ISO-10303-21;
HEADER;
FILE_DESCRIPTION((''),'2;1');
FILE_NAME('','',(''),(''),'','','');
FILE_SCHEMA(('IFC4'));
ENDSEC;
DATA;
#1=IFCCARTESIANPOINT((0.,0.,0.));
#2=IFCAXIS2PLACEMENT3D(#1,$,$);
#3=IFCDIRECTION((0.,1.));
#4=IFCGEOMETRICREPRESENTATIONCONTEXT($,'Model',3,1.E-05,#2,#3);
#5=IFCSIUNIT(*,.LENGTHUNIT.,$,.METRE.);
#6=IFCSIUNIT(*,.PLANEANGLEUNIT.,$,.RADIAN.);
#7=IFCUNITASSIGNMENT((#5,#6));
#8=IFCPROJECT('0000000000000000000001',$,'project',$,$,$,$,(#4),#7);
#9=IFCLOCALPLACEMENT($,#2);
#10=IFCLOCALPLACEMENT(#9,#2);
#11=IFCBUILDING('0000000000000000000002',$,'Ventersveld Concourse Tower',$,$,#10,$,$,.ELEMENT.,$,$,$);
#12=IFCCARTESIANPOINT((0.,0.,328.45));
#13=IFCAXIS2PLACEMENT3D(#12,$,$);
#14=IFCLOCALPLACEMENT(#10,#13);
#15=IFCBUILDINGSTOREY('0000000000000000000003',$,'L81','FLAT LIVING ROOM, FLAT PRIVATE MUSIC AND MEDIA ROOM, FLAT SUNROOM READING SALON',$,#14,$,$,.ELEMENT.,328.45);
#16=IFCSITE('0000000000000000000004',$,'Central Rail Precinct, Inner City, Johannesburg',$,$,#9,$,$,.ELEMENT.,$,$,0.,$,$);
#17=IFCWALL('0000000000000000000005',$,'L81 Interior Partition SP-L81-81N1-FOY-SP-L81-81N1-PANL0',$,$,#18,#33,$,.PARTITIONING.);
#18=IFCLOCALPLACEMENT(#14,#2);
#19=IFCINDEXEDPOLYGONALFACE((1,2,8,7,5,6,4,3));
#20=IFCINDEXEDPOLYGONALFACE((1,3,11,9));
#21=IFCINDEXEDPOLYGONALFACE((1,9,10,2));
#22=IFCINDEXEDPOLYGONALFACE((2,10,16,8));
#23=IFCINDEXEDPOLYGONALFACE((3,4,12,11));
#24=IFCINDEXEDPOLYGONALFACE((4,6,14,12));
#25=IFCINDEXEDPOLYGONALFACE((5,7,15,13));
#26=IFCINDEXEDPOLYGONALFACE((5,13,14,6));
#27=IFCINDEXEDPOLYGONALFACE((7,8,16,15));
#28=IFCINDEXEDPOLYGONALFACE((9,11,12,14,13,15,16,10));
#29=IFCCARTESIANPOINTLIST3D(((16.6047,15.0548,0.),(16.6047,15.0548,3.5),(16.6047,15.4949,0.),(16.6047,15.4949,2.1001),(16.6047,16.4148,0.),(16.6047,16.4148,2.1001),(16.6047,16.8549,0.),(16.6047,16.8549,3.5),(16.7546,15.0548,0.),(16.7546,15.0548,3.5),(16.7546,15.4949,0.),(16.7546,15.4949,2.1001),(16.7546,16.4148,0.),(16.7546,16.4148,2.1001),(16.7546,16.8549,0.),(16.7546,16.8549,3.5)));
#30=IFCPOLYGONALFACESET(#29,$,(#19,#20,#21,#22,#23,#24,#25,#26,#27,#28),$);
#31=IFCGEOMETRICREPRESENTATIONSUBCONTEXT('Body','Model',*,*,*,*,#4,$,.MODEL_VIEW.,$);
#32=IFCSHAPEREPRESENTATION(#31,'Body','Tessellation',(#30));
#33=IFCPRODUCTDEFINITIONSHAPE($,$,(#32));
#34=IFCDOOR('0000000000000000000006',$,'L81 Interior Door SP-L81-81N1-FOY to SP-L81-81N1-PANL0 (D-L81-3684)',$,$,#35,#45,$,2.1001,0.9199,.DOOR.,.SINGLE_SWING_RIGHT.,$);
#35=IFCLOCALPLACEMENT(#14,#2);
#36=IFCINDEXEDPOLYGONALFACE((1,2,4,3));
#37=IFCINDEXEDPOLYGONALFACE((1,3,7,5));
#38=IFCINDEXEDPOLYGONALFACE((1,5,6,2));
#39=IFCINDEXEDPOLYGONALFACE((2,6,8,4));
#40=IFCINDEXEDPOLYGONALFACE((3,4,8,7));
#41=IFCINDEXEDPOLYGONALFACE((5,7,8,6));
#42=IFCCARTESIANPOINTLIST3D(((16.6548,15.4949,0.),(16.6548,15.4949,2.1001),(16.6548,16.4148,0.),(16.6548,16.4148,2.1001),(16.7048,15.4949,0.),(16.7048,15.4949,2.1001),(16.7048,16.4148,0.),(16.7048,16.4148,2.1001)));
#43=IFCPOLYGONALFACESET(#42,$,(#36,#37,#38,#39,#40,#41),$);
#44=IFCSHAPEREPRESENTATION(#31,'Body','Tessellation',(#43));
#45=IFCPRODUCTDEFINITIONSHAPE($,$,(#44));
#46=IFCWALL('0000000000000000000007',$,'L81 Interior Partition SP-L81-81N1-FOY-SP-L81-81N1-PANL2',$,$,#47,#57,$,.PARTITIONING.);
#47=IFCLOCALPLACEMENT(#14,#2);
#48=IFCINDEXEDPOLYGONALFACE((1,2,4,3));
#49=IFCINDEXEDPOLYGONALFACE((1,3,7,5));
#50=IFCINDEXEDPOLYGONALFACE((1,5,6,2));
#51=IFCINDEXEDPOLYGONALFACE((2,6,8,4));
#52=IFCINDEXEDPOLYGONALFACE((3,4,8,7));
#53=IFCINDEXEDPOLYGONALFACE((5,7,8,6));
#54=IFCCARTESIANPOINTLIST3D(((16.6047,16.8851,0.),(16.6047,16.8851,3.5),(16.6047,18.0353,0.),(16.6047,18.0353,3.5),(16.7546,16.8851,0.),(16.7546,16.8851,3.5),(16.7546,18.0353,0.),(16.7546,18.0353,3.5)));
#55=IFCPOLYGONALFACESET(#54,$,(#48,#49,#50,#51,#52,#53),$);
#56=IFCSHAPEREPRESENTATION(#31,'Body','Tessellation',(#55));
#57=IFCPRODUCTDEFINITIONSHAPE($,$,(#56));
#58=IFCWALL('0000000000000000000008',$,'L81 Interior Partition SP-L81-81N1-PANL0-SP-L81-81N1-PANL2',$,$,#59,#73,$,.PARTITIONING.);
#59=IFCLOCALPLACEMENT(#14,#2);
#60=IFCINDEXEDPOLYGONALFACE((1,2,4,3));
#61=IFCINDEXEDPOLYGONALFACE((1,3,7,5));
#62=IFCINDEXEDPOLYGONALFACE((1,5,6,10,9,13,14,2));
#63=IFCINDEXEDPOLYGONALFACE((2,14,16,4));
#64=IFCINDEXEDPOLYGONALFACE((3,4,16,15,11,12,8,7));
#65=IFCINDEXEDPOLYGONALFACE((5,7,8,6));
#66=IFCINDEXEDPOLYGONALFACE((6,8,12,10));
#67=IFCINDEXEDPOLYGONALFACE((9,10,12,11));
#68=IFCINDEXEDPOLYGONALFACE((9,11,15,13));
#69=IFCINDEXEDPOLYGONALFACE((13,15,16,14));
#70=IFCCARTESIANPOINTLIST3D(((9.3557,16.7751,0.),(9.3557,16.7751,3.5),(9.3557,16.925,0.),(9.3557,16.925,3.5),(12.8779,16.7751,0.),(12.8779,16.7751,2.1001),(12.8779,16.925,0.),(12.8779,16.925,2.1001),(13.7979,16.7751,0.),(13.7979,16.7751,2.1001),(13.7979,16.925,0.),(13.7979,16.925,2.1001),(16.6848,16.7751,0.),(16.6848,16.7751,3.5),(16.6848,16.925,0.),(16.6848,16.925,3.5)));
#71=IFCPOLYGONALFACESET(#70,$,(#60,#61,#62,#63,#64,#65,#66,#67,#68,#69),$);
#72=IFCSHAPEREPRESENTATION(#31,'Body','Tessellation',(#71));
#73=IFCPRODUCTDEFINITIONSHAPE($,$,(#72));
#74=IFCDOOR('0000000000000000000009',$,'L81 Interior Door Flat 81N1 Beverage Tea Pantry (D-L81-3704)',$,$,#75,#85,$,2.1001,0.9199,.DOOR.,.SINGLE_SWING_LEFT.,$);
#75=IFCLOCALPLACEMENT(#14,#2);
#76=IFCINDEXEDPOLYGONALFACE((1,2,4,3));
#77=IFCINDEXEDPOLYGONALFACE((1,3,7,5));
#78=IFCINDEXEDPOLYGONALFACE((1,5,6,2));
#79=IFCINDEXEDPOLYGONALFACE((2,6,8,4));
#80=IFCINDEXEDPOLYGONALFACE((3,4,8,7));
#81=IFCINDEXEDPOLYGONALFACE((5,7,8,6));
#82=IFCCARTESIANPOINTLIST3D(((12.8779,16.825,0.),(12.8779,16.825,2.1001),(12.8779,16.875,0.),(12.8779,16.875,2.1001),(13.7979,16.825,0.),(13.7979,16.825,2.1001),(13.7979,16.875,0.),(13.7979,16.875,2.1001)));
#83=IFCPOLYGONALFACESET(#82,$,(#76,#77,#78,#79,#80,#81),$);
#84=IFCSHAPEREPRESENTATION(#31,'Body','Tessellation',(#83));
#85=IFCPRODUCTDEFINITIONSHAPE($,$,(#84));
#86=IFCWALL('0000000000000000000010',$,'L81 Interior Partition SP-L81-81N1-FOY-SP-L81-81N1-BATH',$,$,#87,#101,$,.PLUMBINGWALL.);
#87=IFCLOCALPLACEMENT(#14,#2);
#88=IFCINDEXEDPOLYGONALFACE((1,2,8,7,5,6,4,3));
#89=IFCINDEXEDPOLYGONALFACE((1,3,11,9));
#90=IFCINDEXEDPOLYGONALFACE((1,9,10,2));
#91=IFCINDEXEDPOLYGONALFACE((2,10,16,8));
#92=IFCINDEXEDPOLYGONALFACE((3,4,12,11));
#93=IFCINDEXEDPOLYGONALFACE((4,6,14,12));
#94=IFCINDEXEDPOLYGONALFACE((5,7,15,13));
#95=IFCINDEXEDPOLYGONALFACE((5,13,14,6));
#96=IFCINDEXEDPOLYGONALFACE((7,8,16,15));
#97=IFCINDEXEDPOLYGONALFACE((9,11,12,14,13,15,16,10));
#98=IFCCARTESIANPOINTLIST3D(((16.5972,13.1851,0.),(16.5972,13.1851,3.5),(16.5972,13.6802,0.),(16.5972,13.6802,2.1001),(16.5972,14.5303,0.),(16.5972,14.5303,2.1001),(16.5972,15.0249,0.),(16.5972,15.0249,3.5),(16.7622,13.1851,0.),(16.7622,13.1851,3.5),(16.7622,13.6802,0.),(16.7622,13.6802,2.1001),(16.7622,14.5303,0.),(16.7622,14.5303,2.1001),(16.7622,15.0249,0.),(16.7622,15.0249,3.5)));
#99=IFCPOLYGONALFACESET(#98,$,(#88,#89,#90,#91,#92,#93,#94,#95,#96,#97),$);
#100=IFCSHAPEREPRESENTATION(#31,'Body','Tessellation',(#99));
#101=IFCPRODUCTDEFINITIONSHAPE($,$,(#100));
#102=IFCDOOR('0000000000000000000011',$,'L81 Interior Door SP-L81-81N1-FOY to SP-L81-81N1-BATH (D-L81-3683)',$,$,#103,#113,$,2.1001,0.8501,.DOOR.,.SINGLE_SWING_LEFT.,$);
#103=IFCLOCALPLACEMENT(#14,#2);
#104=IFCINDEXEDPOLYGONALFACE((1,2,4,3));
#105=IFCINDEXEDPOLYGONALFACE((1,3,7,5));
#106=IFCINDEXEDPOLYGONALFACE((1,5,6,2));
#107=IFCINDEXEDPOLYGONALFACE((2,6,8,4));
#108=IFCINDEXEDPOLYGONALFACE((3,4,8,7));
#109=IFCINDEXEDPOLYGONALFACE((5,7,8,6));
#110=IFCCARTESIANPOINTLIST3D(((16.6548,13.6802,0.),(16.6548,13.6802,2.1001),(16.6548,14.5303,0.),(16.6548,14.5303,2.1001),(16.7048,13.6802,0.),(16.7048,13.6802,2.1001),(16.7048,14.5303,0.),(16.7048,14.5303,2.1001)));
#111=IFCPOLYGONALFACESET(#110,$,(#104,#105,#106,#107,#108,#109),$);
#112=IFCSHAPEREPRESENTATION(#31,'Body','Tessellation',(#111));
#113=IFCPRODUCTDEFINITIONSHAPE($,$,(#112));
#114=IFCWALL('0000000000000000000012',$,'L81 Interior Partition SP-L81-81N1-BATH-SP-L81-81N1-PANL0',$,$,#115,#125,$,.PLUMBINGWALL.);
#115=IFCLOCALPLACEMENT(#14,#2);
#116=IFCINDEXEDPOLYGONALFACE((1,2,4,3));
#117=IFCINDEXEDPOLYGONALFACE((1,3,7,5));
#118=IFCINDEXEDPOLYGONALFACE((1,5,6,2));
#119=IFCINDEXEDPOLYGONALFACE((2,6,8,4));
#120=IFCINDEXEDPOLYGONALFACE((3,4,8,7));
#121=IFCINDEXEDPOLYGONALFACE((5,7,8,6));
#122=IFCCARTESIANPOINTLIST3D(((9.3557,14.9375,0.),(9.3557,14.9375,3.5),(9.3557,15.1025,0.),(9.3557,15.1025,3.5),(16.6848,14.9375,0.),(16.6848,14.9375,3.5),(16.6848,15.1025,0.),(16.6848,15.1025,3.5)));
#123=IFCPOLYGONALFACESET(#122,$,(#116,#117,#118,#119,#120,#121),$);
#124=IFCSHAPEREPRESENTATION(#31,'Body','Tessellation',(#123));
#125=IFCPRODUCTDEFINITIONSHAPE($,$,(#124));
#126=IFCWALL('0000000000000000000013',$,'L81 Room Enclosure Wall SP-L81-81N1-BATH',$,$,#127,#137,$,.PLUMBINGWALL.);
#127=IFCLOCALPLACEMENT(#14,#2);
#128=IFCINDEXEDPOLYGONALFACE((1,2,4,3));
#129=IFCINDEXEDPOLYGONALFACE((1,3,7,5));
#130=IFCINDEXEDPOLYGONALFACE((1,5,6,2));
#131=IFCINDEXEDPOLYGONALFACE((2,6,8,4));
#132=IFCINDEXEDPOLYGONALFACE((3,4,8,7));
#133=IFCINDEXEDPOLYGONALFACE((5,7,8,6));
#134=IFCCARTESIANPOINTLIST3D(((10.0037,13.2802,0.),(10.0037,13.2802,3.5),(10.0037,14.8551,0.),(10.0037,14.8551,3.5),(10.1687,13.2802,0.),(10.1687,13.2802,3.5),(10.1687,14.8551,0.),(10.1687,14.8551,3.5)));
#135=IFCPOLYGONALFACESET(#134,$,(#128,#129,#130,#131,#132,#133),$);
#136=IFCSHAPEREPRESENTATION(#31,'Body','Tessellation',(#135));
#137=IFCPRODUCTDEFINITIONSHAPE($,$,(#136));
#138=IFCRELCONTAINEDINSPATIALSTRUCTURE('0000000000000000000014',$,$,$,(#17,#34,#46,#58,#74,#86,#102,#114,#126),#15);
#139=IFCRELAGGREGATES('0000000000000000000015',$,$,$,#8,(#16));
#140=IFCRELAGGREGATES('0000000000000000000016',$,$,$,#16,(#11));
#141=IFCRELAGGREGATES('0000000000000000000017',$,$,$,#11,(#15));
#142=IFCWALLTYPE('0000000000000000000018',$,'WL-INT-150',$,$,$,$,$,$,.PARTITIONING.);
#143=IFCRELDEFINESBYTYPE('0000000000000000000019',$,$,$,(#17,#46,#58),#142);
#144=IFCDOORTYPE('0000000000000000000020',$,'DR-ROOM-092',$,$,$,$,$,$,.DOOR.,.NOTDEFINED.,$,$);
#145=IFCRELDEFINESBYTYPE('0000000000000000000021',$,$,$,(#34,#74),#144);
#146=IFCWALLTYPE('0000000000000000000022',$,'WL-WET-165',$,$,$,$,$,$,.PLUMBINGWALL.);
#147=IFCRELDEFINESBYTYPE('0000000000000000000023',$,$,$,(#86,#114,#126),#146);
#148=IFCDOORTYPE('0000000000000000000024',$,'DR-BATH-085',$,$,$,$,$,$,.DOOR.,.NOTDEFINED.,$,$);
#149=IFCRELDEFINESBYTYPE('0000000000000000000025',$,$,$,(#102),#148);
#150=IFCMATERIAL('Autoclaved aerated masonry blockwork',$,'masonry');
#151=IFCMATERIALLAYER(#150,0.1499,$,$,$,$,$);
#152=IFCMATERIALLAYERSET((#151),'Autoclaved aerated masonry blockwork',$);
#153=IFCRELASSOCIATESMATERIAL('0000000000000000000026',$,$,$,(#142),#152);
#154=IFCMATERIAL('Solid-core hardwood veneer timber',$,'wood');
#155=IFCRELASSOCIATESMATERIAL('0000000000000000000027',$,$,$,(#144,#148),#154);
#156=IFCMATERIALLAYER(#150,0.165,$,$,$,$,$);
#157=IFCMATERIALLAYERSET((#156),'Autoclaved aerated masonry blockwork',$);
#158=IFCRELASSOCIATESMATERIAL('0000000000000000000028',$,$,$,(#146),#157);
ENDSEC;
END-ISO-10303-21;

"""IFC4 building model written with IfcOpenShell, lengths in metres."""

from ifc_helpers import new_model, si_unit, direction, frame, frame_2d, origin, place, context, subcontext, project, spatial, rectangle, extrude, material, layer, layer_set, type_object, element, fill, save


model = new_model("IFC4")

# Units and contexts
model_context = context("Model", 3, precision=1e-05, world=origin(), true_north=direction((0.0, 1.0)))
body_context = subcontext(model_context, "Body", "Model", "MODEL_VIEW")
ifc_project = project(units=[si_unit("LENGTHUNIT", "METRE"), si_unit("PLANEANGLEUNIT", "RADIAN")], contexts=[model_context])

# Site, building, storey
site_placement = place(None, origin())
site = spatial("IfcSite", under=ifc_project, at=site_placement, Name="Central Rail Precinct, Inner City, Johannesburg", CompositionType="ELEMENT", RefElevation=0.0)
building_placement = place(site_placement, origin())
building = spatial("IfcBuilding", under=site, at=building_placement, Name="Ventersveld Concourse Tower", CompositionType="ELEMENT")
storey_placement = place(building_placement, frame((0.0, 0.0, 328.45)))
storey = spatial("IfcBuildingStorey", under=building, at=storey_placement, Name="L81", Description="FLAT LIVING ROOM, FLAT PRIVATE MUSIC AND MEDIA ROOM, FLAT SUNROOM READING SALON", CompositionType="ELEMENT", Elevation=328.45)

# Shared definitions
ifc_material_1 = material(Name="Solid-core hardwood veneer timber", Category="wood")

# Wall, opening, door
ifc_material_2 = material(Name="Autoclaved aerated masonry blockwork", Category="masonry")
ifc_layer_1 = layer(ifc_material_2, 0.1499)
ifc_layer_set_1 = layer_set([ifc_layer_1], Name="Autoclaved aerated masonry blockwork")
wall_type_1 = type_object("IfcWallType", Name="WL-INT-150", PredefinedType="PARTITIONING", material=ifc_layer_set_1)
door_type_1 = type_object("IfcDoorType", Name="DR-ROOM-092", OperationType="NOTDEFINED", PredefinedType="DOOR", material=ifc_material_1)
wall_1_placement = place(storey_placement, frame((16.6797, 15.0549, 0.0), z_axis=(0.0, 0.0, 1.0), x_axis=(0.0, 1.0, 0.0)))
wall_1 = element("IfcWall", 1, at=wall_1_placement, inside=storey, type_object=wall_type_1, Name="L81 Interior Partition SP-L81-81N1-FOY-SP-L81-81N1-PANL0", PredefinedType="PARTITIONING", context=body_context, shape_type="SweptSolid", body=[
    extrude(rectangle(XDim=1.8, YDim=0.1499, at=frame_2d((0.8999, 0.0))), origin(), (0.0, 0.0, 1.0), 3.5),
])
opening_1_placement = place(wall_1_placement, frame((0.4399, 0.0, 0.0)))
opening_1 = element("IfcOpeningElement", 2, at=opening_1_placement, cuts=wall_1, PredefinedType="OPENING", context=body_context, shape_type="SweptSolid", body=[
    extrude(rectangle(XDim=0.9199, YDim=2.1001, at=frame_2d((0.46, 1.05))), frame((0.0, 0.085, 0.0), z_axis=(0.0, -1.0, 0.0), x_axis=(1.0, 0.0, 0.0)), (0.0, 0.0, 1.0), 0.1699),
])
door_1_placement = place(opening_1_placement, origin())
door_1 = element("IfcDoor", 3, at=door_1_placement, inside=storey, type_object=door_type_1, Name="L81 Interior Door SP-L81-81N1-FOY to SP-L81-81N1-PANL0 (D-L81-3684)", OperationType="SINGLE_SWING_RIGHT", OverallHeight=2.1001, OverallWidth=0.9199, PredefinedType="DOOR", context=body_context, shape_type="SweptSolid", body=[
    extrude(rectangle(XDim=0.9199, YDim=2.1001, at=frame_2d((0.46, 1.05))), frame((0.0, 0.0249, 0.0), z_axis=(0.0, -1.0, 0.0), x_axis=(1.0, 0.0, 0.0)), (0.0, 0.0, 1.0), 0.05),
])
fill(opening_1, door_1)

# Wall
wall_2_placement = place(storey_placement, frame((16.6797, 16.885, 0.0), z_axis=(0.0, 0.0, 1.0), x_axis=(0.0, 1.0, 0.0)))
element("IfcWall", 4, at=wall_2_placement, inside=storey, type_object=wall_type_1, Name="L81 Interior Partition SP-L81-81N1-FOY-SP-L81-81N1-PANL2", PredefinedType="PARTITIONING", context=body_context, shape_type="SweptSolid", body=[
    extrude(rectangle(XDim=1.1501, YDim=0.1499, at=frame_2d((0.5752, 0.0))), origin(), (0.0, 0.0, 1.0), 3.5),
])

# Walls, openings, doors
wall_3_placement = place(storey_placement, frame((9.3557, 16.8501, 0.0), z_axis=(0.0, 0.0, 1.0), x_axis=(1.0, 0.0, 0.0)))
wall_3 = element("IfcWall", 5, at=wall_3_placement, inside=storey, type_object=wall_type_1, Name="L81 Interior Partition SP-L81-81N1-PANL0-SP-L81-81N1-PANL2", PredefinedType="PARTITIONING", context=body_context, shape_type="SweptSolid", body=[
    extrude(rectangle(XDim=7.3291, YDim=0.1499, at=frame_2d((3.6646, 0.0))), origin(), (0.0, 0.0, 1.0), 3.5),
])
opening_2_placement = place(wall_3_placement, frame((3.5222, 0.0, 0.0)))
opening_2 = element("IfcOpeningElement", 6, at=opening_2_placement, cuts=wall_3, PredefinedType="OPENING", context=body_context, shape_type="SweptSolid", body=[
    extrude(rectangle(XDim=0.9199, YDim=2.1001, at=frame_2d((0.46, 1.05))), frame((0.0, 0.085, 0.0), z_axis=(0.0, -1.0, 0.0), x_axis=(1.0, 0.0, 0.0)), (0.0, 0.0, 1.0), 0.1699),
])
door_2_placement = place(opening_2_placement, origin())
door_2 = element("IfcDoor", 7, at=door_2_placement, inside=storey, type_object=door_type_1, Name="L81 Interior Door Flat 81N1 Beverage Tea Pantry (D-L81-3704)", OperationType="SINGLE_SWING_LEFT", OverallHeight=2.1001, OverallWidth=0.9199, PredefinedType="DOOR", context=body_context, shape_type="SweptSolid", body=[
    extrude(rectangle(XDim=0.9199, YDim=2.1001, at=frame_2d((0.46, 1.05))), frame((0.0, 0.0249, 0.0), z_axis=(0.0, -1.0, 0.0), x_axis=(1.0, 0.0, 0.0)), (0.0, 0.0, 1.0), 0.05),
])
fill(opening_2, door_2)
ifc_layer_2 = layer(ifc_material_2, 0.165)
ifc_layer_set_2 = layer_set([ifc_layer_2], Name="Autoclaved aerated masonry blockwork")
wall_type_2 = type_object("IfcWallType", Name="WL-WET-165", PredefinedType="PLUMBINGWALL", material=ifc_layer_set_2)
wall_4_placement = place(storey_placement, frame((16.6797, 13.1851, 0.0), z_axis=(0.0, 0.0, 1.0), x_axis=(0.0, 1.0, 0.0)))
wall_4 = element("IfcWall", 8, at=wall_4_placement, inside=storey, type_object=wall_type_2, Name="L81 Interior Partition SP-L81-81N1-FOY-SP-L81-81N1-BATH", PredefinedType="PLUMBINGWALL", context=body_context, shape_type="SweptSolid", body=[
    extrude(rectangle(XDim=1.8398, YDim=0.165, at=frame_2d((0.9199, 0.0))), origin(), (0.0, 0.0, 1.0), 3.5),
])
opening_3_placement = place(wall_4_placement, frame((0.4951, 0.0, 0.0)))
opening_3 = element("IfcOpeningElement", 9, at=opening_3_placement, cuts=wall_4, PredefinedType="OPENING", context=body_context, shape_type="SweptSolid", body=[
    extrude(rectangle(XDim=0.8501, YDim=2.1001, at=frame_2d((0.425, 1.05))), frame((0.0, 0.0925, 0.0), z_axis=(0.0, -1.0, 0.0), x_axis=(1.0, 0.0, 0.0)), (0.0, 0.0, 1.0), 0.1851),
])
door_type_2 = type_object("IfcDoorType", Name="DR-BATH-085", OperationType="NOTDEFINED", PredefinedType="DOOR", material=ifc_material_1)
door_3_placement = place(opening_3_placement, origin())
door_3 = element("IfcDoor", 10, at=door_3_placement, inside=storey, type_object=door_type_2, Name="L81 Interior Door SP-L81-81N1-FOY to SP-L81-81N1-BATH (D-L81-3683)", OperationType="SINGLE_SWING_LEFT", OverallHeight=2.1001, OverallWidth=0.8501, PredefinedType="DOOR", context=body_context, shape_type="SweptSolid", body=[
    extrude(rectangle(XDim=0.8501, YDim=2.1001, at=frame_2d((0.425, 1.05))), frame((0.0, 0.0249, 0.0), z_axis=(0.0, -1.0, 0.0), x_axis=(1.0, 0.0, 0.0)), (0.0, 0.0, 1.0), 0.05),
])
fill(opening_3, door_3)

# Walls
wall_5_placement = place(storey_placement, frame((9.3557, 15.02, 0.0), z_axis=(0.0, 0.0, 1.0), x_axis=(1.0, 0.0, 0.0)))
element("IfcWall", 11, at=wall_5_placement, inside=storey, type_object=wall_type_2, Name="L81 Interior Partition SP-L81-81N1-BATH-SP-L81-81N1-PANL0", PredefinedType="PLUMBINGWALL", context=body_context, shape_type="SweptSolid", body=[
    extrude(rectangle(XDim=7.3291, YDim=0.165, at=frame_2d((3.6646, 0.0))), origin(), (0.0, 0.0, 1.0), 3.5),
])
wall_6_placement = place(storey_placement, frame((10.0862, 13.28, 0.0), z_axis=(0.0, 0.0, 1.0), x_axis=(0.0, 1.0, 0.0)))
element("IfcWall", 12, at=wall_6_placement, inside=storey, type_object=wall_type_2, Name="L81 Room Enclosure Wall SP-L81-81N1-BATH", PredefinedType="PLUMBINGWALL", context=body_context, shape_type="SweptSolid", body=[
    extrude(rectangle(XDim=1.575, YDim=0.165, at=frame_2d((0.7876, 0.0))), origin(), (0.0, 0.0, 1.0), 3.5),
])

save(model, "model.ifc")
